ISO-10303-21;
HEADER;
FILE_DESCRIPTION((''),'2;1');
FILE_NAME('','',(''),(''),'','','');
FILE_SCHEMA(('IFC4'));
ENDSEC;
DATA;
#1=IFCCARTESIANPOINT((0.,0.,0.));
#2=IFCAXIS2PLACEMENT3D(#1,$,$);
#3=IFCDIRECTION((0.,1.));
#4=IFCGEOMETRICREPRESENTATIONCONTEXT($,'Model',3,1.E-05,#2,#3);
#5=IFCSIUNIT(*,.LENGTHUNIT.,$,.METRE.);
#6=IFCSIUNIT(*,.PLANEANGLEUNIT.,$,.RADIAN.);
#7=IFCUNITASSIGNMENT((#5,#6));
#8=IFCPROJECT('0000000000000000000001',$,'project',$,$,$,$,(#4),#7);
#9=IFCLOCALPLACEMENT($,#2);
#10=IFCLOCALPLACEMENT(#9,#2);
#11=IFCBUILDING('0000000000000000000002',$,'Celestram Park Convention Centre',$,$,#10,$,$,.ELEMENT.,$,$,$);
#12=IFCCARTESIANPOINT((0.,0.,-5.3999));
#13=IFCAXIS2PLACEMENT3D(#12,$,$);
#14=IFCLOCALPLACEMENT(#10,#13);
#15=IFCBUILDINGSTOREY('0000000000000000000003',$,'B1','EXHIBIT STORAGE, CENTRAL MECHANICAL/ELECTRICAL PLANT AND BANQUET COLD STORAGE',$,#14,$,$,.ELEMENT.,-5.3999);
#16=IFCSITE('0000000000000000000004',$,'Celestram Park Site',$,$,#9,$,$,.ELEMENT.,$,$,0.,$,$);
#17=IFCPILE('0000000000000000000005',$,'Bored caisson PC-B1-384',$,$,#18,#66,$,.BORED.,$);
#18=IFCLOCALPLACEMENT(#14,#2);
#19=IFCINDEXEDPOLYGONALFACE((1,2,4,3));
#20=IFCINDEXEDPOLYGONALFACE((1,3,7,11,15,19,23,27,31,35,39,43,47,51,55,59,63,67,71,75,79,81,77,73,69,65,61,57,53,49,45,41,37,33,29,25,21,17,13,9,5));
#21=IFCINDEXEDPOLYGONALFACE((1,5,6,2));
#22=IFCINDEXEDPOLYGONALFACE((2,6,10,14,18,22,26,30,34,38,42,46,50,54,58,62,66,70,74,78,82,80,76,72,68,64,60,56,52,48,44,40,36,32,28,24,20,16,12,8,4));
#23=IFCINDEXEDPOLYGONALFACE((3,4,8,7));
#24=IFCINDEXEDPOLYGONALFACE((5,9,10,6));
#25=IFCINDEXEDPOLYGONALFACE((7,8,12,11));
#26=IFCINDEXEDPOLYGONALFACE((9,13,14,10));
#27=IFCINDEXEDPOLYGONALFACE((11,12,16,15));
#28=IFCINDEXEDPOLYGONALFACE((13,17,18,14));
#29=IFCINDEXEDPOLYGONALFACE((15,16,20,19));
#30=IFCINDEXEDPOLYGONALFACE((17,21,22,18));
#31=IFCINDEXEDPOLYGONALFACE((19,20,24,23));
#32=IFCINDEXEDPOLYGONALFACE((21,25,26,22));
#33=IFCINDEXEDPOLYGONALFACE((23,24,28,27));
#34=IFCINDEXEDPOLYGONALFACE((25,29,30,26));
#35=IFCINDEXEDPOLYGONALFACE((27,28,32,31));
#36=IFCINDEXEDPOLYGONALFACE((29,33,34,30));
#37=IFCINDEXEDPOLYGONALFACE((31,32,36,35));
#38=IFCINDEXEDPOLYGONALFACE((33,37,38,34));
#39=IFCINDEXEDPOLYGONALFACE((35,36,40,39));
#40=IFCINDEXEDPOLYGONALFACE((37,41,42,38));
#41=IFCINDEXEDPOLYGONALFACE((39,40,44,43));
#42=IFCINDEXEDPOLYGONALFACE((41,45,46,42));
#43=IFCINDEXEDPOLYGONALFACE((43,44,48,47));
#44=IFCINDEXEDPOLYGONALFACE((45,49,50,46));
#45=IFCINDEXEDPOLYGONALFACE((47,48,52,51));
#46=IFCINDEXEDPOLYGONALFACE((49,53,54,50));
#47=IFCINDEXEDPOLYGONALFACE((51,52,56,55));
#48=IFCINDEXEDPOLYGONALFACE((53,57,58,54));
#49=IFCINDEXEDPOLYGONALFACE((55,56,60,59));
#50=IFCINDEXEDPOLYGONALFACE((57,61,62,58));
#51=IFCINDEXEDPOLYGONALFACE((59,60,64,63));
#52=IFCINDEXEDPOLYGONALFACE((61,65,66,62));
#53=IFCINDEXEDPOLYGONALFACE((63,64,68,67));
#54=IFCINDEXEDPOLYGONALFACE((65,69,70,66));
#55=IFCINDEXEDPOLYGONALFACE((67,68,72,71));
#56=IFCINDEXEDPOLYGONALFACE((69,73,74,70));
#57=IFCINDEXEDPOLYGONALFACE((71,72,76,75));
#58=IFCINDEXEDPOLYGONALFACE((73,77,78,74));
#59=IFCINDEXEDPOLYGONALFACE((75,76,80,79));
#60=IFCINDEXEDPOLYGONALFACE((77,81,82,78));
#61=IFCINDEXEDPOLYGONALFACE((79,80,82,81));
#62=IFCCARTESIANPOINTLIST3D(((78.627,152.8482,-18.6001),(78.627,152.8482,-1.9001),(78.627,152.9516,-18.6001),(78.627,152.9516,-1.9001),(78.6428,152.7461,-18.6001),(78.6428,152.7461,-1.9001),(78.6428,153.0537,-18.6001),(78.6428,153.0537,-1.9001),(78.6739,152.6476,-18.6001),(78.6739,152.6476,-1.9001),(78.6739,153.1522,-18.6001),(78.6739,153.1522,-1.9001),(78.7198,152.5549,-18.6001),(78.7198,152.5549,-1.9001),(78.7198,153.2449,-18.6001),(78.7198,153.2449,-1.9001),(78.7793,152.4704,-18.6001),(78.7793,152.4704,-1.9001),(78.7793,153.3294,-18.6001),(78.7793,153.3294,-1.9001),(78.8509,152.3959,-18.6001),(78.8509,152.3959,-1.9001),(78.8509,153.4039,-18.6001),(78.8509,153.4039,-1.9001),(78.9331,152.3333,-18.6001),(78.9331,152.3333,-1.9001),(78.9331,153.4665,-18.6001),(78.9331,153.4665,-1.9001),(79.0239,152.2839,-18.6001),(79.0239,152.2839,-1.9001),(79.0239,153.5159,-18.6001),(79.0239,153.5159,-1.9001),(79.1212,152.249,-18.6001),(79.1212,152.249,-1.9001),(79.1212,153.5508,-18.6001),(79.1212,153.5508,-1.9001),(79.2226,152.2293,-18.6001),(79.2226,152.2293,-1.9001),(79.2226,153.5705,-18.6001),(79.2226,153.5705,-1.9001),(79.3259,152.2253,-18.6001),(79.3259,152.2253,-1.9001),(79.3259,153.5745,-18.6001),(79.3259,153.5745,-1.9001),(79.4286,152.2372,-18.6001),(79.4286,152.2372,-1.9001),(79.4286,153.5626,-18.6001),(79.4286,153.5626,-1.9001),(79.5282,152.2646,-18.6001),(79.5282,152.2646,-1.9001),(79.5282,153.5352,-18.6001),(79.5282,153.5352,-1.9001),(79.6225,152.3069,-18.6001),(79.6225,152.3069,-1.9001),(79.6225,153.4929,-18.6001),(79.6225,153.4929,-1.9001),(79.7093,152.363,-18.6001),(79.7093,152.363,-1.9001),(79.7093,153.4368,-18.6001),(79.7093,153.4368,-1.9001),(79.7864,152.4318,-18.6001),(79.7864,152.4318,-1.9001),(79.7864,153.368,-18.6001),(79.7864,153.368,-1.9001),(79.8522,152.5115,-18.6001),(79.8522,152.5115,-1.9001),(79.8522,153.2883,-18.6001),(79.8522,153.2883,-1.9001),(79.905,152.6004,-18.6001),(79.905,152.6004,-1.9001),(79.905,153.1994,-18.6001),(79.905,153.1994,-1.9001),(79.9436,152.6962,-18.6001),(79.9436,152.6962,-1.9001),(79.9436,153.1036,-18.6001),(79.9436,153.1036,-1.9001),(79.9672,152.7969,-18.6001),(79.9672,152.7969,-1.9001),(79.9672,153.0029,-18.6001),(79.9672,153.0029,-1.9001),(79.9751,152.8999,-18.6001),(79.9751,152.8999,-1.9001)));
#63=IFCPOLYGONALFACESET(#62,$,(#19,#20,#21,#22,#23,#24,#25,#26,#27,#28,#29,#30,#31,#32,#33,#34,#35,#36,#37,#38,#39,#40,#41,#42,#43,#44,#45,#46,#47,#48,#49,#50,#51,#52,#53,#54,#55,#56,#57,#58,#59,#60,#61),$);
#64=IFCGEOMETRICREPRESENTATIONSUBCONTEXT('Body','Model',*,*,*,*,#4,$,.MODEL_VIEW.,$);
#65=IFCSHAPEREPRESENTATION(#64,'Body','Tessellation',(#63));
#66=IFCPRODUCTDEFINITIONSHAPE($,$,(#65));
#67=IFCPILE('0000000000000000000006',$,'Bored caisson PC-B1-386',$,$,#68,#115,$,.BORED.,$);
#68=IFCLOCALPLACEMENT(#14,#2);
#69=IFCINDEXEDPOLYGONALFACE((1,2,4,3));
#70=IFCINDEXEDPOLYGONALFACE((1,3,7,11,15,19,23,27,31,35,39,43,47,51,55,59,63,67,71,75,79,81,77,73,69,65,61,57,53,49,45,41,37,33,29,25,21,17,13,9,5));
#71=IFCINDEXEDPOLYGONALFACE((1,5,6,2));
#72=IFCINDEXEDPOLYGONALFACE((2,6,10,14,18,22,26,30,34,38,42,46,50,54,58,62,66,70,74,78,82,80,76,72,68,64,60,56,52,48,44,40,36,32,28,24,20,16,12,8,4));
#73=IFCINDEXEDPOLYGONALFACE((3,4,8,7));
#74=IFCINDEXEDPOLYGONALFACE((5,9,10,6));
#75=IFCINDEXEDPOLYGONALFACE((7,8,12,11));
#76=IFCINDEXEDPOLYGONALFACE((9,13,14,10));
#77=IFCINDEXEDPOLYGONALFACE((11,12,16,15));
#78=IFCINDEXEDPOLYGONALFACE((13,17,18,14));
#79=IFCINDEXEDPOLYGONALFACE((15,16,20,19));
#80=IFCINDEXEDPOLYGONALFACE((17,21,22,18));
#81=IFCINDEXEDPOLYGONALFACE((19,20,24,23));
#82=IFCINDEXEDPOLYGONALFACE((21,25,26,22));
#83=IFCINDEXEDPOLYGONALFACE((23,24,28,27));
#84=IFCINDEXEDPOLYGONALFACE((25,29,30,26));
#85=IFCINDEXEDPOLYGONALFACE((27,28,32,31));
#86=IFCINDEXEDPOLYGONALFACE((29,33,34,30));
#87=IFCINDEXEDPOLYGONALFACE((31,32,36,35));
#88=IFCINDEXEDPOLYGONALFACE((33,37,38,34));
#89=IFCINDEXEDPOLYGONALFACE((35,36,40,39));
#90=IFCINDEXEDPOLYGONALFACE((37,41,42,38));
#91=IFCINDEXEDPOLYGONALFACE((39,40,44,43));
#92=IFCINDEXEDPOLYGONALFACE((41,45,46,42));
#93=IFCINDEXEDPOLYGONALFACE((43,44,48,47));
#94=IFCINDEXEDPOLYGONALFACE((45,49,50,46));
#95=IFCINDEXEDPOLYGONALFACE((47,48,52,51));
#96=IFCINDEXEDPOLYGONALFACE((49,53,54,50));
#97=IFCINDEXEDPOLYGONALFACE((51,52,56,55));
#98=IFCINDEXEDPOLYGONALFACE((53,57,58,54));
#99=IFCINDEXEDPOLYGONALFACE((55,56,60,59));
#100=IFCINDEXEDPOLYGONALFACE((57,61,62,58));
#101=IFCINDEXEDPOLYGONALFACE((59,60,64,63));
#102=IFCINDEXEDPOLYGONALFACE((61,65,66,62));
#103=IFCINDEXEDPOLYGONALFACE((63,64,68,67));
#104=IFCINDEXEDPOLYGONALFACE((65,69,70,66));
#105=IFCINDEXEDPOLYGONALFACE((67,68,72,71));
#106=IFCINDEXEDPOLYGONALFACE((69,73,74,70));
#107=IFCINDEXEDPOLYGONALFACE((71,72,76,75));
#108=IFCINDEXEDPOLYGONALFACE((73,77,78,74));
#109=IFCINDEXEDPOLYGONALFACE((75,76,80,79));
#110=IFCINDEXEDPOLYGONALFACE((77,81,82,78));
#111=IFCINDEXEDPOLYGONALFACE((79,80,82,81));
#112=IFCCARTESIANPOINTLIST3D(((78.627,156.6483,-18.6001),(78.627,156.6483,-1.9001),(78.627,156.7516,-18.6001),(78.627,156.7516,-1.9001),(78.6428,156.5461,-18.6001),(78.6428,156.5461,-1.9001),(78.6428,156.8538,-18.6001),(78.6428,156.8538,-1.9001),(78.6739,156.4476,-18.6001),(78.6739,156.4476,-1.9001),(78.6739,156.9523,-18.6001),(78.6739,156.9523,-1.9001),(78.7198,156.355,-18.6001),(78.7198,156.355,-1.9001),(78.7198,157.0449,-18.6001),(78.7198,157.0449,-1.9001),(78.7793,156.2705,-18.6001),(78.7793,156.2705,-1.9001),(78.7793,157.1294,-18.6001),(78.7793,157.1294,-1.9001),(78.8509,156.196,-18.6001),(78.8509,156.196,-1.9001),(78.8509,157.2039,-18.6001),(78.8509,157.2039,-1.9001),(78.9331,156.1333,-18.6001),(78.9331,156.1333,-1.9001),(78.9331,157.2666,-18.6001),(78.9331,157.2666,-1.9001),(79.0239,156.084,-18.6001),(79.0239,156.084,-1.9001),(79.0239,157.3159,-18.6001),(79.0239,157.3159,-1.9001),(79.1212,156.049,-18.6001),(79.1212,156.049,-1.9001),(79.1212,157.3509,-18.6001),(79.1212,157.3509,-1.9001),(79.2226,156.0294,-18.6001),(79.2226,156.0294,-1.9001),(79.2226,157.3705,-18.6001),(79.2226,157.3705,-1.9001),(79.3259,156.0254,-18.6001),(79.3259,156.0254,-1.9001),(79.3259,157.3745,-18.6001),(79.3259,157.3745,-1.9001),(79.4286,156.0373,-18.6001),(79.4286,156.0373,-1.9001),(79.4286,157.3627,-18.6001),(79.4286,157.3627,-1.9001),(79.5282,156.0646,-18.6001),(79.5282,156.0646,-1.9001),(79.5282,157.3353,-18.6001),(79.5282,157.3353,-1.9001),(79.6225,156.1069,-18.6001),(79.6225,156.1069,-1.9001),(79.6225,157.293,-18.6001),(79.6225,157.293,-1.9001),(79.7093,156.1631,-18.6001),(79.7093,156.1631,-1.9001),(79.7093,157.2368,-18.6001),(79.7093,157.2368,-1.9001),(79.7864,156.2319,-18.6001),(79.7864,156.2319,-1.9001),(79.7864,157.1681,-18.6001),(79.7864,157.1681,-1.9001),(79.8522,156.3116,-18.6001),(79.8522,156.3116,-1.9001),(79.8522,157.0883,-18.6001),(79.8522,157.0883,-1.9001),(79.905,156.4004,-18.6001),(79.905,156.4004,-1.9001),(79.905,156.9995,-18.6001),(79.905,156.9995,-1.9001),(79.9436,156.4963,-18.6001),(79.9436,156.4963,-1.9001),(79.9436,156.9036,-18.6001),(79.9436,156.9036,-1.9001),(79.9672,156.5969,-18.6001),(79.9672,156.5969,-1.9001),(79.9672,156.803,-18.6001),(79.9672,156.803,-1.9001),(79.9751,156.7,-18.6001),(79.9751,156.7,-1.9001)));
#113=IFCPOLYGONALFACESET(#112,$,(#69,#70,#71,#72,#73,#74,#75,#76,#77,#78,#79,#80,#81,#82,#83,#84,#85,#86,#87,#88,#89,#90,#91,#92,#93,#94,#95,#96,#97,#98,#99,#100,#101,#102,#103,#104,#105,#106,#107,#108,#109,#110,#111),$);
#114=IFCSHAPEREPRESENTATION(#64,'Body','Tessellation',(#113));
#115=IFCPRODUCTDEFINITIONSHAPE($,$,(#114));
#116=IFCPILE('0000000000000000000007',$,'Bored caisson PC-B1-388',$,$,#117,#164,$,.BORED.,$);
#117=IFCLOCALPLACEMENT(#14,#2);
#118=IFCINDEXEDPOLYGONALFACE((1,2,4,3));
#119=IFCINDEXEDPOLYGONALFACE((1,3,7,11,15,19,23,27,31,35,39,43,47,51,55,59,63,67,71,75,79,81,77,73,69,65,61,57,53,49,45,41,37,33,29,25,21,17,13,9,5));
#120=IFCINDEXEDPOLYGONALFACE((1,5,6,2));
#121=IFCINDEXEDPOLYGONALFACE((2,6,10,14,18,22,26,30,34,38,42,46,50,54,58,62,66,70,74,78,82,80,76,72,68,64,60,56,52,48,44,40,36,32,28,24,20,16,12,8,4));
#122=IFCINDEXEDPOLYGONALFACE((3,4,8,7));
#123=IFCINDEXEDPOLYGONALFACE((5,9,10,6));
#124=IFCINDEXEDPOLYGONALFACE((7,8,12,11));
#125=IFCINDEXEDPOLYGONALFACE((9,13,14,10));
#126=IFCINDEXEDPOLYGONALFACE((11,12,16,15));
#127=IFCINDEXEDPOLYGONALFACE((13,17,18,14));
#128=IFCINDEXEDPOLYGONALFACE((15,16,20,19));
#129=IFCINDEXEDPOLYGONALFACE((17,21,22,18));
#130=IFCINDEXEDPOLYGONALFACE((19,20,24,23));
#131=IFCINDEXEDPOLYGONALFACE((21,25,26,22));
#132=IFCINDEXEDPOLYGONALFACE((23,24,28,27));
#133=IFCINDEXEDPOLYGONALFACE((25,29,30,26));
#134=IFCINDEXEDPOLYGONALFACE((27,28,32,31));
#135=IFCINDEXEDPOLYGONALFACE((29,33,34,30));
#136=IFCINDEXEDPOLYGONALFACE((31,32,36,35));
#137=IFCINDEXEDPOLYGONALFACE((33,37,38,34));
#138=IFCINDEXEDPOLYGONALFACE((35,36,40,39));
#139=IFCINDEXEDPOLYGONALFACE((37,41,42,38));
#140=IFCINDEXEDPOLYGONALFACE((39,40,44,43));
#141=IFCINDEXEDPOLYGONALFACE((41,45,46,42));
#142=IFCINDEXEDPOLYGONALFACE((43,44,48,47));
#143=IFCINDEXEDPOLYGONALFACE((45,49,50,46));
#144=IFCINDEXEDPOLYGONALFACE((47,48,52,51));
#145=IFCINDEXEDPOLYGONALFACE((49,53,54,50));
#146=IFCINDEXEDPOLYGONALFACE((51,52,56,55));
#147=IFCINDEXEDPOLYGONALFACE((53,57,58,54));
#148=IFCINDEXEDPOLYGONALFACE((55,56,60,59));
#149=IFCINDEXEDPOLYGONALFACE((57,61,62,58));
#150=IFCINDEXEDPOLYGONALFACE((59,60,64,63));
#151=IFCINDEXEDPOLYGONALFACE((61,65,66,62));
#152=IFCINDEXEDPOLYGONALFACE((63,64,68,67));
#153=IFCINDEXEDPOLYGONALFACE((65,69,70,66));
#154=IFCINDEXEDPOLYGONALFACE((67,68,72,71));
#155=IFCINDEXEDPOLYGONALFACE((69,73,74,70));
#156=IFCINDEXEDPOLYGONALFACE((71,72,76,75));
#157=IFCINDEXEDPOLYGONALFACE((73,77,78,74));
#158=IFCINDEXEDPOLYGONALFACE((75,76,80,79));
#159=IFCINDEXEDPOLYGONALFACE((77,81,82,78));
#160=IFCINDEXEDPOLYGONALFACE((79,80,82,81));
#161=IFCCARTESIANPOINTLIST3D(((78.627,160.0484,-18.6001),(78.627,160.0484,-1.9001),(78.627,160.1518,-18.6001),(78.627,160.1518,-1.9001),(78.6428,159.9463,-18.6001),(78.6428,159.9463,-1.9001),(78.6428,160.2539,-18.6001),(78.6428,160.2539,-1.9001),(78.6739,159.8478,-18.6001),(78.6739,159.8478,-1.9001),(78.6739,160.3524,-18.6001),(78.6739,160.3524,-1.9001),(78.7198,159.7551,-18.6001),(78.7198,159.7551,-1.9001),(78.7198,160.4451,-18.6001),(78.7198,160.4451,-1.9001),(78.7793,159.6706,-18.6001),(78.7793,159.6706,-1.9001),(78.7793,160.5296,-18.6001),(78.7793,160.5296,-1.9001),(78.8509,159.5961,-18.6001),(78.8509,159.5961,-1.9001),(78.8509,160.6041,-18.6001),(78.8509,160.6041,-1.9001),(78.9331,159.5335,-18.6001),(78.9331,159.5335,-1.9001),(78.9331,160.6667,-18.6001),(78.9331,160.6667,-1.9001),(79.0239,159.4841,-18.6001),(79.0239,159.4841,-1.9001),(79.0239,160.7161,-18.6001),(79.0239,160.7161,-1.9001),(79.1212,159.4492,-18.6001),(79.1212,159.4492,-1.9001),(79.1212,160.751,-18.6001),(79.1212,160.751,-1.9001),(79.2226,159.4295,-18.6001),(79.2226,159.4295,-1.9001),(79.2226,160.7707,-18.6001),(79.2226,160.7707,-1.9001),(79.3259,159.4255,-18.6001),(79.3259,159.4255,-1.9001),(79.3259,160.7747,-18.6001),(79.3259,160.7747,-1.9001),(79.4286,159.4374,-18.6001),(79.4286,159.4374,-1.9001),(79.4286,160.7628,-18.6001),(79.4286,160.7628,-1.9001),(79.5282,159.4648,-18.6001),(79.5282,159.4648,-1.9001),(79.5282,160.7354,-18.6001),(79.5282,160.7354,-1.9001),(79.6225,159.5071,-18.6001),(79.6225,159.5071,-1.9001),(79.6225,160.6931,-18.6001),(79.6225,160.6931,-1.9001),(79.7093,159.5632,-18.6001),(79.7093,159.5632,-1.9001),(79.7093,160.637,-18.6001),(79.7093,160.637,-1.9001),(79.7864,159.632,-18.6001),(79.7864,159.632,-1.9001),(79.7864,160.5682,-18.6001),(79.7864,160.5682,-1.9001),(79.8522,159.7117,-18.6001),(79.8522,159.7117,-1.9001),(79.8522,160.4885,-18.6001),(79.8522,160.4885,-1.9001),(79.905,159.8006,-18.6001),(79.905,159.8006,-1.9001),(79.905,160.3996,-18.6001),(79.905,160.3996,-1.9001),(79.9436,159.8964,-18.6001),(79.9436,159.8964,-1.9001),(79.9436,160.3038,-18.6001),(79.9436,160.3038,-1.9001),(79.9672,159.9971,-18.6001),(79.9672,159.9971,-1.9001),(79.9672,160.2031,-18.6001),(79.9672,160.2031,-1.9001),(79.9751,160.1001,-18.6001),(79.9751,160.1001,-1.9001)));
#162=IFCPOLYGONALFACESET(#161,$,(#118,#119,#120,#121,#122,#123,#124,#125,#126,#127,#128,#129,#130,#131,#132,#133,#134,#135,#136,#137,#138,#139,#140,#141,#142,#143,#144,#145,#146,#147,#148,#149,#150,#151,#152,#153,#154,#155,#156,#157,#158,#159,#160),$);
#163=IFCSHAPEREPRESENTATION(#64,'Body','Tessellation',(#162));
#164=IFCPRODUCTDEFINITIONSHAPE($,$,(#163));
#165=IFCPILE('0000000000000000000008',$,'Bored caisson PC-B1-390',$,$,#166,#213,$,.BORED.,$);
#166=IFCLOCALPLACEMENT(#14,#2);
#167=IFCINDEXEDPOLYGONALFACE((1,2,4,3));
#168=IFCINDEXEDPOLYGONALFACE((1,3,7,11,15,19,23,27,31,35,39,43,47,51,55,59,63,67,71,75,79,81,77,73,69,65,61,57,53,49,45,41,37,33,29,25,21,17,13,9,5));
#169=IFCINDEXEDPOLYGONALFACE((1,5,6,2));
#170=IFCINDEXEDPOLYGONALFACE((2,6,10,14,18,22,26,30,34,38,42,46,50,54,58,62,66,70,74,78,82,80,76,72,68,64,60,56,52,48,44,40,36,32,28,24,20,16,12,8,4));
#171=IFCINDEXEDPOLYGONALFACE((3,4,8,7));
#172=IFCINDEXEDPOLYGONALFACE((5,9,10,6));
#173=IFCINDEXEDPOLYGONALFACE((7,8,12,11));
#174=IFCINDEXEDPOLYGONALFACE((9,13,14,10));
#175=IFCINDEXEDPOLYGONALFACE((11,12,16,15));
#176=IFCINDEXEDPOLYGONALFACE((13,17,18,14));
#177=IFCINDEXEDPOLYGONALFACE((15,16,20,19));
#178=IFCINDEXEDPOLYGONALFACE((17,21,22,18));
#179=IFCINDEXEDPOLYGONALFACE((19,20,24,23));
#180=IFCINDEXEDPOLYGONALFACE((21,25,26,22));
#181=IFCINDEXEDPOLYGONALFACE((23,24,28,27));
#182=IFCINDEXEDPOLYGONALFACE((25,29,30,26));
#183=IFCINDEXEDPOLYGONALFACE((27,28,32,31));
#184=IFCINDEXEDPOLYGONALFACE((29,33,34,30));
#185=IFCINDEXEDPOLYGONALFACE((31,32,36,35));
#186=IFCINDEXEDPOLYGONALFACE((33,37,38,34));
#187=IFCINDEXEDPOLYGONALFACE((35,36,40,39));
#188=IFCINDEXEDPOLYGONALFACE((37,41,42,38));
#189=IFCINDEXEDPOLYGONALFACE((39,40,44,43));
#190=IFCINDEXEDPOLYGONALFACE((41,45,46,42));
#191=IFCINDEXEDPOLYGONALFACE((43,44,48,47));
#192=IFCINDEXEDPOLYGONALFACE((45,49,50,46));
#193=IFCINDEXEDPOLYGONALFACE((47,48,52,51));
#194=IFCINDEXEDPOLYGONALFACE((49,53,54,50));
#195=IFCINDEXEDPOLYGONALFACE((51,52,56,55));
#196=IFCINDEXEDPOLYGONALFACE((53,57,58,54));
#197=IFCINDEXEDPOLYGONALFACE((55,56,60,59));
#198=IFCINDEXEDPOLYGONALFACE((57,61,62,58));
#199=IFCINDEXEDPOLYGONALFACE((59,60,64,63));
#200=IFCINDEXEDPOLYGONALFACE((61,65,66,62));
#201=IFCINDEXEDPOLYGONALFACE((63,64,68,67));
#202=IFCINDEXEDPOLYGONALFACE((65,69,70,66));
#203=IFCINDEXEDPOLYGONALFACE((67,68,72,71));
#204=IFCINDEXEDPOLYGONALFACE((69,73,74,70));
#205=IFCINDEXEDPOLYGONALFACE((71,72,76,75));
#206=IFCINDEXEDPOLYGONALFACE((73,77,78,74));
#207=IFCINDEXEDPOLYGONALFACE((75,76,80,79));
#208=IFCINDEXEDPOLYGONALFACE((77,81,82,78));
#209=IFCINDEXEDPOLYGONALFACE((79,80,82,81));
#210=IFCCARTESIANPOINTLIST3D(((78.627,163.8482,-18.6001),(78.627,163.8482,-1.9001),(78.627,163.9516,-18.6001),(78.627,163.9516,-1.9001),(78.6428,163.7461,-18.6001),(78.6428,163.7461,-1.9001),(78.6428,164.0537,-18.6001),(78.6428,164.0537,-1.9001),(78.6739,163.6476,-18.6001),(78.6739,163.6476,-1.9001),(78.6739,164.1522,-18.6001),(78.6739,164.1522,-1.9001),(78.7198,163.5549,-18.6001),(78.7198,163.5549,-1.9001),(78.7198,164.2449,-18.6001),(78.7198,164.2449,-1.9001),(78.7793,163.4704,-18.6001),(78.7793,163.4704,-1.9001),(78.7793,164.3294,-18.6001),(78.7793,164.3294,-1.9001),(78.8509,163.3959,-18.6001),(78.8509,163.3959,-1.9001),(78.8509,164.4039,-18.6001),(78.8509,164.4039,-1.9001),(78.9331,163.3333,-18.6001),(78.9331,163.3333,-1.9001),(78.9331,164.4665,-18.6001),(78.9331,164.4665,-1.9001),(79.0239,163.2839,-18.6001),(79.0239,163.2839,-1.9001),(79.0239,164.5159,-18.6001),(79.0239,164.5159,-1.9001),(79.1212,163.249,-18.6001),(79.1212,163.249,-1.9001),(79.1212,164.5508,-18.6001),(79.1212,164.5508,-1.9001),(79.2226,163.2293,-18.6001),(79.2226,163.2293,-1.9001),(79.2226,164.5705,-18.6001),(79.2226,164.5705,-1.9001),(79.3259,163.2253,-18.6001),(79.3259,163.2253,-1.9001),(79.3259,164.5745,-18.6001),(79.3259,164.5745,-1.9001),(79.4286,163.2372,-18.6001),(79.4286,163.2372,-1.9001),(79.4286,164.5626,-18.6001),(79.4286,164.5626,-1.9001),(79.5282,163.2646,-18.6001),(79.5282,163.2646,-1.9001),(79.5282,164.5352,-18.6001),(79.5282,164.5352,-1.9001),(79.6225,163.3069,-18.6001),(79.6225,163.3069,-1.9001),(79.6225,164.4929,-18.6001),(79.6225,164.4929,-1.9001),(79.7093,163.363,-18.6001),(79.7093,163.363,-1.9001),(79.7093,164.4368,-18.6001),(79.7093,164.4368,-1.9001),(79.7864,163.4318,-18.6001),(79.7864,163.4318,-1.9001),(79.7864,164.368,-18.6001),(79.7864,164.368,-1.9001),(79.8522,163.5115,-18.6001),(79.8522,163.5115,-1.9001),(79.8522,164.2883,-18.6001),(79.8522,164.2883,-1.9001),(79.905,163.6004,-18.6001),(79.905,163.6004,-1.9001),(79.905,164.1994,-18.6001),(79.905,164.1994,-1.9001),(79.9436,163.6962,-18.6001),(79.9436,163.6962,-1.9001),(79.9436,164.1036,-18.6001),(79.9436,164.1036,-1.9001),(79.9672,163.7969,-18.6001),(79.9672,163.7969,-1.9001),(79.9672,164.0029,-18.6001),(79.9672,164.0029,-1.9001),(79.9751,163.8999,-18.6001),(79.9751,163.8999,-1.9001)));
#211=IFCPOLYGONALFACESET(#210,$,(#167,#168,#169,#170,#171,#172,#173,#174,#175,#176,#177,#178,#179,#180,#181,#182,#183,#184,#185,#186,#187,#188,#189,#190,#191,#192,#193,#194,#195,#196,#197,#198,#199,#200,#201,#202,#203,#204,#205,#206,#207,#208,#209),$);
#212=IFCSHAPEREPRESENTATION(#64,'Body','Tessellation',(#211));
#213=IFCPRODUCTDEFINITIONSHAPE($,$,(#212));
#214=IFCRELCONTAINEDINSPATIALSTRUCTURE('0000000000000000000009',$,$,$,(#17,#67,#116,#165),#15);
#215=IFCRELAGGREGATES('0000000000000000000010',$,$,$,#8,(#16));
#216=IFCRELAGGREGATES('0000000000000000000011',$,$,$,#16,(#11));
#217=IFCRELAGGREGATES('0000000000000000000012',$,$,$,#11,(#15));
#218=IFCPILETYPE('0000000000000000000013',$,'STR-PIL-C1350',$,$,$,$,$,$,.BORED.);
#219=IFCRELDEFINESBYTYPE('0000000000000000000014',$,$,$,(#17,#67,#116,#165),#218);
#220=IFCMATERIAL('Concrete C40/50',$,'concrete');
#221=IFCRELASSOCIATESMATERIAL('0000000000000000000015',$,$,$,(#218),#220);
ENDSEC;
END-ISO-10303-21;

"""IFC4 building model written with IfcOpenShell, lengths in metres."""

from ifc_helpers import new_model, si_unit, direction, frame, origin, origin_2d, place, context, subcontext, project, spatial, circle, extrude, material, material_profile, profile_set, type_object, element, save


model = new_model("IFC4")

# Units and contexts
model_context = context("Model", 3, precision=1e-05, world=origin(), true_north=direction((0.0, 1.0)))
body_context = subcontext(model_context, "Body", "Model", "MODEL_VIEW")
ifc_project = project(units=[si_unit("LENGTHUNIT", "METRE"), si_unit("PLANEANGLEUNIT", "RADIAN")], contexts=[model_context])

# Site, building, storey
site_placement = place(None, origin())
site = spatial("IfcSite", under=ifc_project, at=site_placement, Name="Celestram Park Site", CompositionType="ELEMENT", RefElevation=0.0)
building_placement = place(site_placement, origin())
building = spatial("IfcBuilding", under=site, at=building_placement, Name="Celestram Park Convention Centre", CompositionType="ELEMENT")
storey_placement = place(building_placement, frame((0.0, 0.0, -5.3999)))
storey = spatial("IfcBuildingStorey", under=building, at=storey_placement, Name="B1", Description="EXHIBIT STORAGE, CENTRAL MECHANICAL/ELECTRICAL PLANT AND BANQUET COLD STORAGE", CompositionType="ELEMENT", Elevation=-5.3999)

# Shared definitions
ifc_material_1 = material(Name="Concrete C40/50", Category="concrete")

# Piles
ifc_material_profile_1 = material_profile(ifc_material_1, circle(Radius=0.675, at=origin_2d()), Name="CAISSON1350")
ifc_profile_set_1 = profile_set([ifc_material_profile_1], Name="Concrete C40/50")
pile_type = type_object("IfcPileType", Name="STR-PIL-C1350", PredefinedType="BORED", material=ifc_profile_set_1)
for number, where, z_axis, x_axis, name in (
    (1, (79.3, 152.8999, -1.9001), (0.0, 0.0, -1.0), (1.0, 0.0, 0.0), "Bored caisson PC-B1-384"),
    (2, (79.3, 156.7, -1.9001), (0.0, 0.0, -1.0), (1.0, 0.0, 0.0), "Bored caisson PC-B1-386"),
    (3, (79.3, 160.1001, -1.9001), (0.0, 0.0, -1.0), (1.0, 0.0, 0.0), "Bored caisson PC-B1-388"),
    (4, (79.3, 163.8999, -1.9001), (0.0, 0.0, -1.0), (1.0, 0.0, 0.0), "Bored caisson PC-B1-390"),
):
    element("IfcPile", number, at=place(storey_placement, frame(where, z_axis=z_axis, x_axis=x_axis)), inside=storey, type_object=pile_type, Name=name, PredefinedType="BORED", context=body_context, shape_type="SweptSolid", body=[
        extrude(circle(Radius=0.675, at=origin_2d()), origin(), (0.0, 0.0, 1.0), 16.7),
    ])

save(model, "model.ifc")
